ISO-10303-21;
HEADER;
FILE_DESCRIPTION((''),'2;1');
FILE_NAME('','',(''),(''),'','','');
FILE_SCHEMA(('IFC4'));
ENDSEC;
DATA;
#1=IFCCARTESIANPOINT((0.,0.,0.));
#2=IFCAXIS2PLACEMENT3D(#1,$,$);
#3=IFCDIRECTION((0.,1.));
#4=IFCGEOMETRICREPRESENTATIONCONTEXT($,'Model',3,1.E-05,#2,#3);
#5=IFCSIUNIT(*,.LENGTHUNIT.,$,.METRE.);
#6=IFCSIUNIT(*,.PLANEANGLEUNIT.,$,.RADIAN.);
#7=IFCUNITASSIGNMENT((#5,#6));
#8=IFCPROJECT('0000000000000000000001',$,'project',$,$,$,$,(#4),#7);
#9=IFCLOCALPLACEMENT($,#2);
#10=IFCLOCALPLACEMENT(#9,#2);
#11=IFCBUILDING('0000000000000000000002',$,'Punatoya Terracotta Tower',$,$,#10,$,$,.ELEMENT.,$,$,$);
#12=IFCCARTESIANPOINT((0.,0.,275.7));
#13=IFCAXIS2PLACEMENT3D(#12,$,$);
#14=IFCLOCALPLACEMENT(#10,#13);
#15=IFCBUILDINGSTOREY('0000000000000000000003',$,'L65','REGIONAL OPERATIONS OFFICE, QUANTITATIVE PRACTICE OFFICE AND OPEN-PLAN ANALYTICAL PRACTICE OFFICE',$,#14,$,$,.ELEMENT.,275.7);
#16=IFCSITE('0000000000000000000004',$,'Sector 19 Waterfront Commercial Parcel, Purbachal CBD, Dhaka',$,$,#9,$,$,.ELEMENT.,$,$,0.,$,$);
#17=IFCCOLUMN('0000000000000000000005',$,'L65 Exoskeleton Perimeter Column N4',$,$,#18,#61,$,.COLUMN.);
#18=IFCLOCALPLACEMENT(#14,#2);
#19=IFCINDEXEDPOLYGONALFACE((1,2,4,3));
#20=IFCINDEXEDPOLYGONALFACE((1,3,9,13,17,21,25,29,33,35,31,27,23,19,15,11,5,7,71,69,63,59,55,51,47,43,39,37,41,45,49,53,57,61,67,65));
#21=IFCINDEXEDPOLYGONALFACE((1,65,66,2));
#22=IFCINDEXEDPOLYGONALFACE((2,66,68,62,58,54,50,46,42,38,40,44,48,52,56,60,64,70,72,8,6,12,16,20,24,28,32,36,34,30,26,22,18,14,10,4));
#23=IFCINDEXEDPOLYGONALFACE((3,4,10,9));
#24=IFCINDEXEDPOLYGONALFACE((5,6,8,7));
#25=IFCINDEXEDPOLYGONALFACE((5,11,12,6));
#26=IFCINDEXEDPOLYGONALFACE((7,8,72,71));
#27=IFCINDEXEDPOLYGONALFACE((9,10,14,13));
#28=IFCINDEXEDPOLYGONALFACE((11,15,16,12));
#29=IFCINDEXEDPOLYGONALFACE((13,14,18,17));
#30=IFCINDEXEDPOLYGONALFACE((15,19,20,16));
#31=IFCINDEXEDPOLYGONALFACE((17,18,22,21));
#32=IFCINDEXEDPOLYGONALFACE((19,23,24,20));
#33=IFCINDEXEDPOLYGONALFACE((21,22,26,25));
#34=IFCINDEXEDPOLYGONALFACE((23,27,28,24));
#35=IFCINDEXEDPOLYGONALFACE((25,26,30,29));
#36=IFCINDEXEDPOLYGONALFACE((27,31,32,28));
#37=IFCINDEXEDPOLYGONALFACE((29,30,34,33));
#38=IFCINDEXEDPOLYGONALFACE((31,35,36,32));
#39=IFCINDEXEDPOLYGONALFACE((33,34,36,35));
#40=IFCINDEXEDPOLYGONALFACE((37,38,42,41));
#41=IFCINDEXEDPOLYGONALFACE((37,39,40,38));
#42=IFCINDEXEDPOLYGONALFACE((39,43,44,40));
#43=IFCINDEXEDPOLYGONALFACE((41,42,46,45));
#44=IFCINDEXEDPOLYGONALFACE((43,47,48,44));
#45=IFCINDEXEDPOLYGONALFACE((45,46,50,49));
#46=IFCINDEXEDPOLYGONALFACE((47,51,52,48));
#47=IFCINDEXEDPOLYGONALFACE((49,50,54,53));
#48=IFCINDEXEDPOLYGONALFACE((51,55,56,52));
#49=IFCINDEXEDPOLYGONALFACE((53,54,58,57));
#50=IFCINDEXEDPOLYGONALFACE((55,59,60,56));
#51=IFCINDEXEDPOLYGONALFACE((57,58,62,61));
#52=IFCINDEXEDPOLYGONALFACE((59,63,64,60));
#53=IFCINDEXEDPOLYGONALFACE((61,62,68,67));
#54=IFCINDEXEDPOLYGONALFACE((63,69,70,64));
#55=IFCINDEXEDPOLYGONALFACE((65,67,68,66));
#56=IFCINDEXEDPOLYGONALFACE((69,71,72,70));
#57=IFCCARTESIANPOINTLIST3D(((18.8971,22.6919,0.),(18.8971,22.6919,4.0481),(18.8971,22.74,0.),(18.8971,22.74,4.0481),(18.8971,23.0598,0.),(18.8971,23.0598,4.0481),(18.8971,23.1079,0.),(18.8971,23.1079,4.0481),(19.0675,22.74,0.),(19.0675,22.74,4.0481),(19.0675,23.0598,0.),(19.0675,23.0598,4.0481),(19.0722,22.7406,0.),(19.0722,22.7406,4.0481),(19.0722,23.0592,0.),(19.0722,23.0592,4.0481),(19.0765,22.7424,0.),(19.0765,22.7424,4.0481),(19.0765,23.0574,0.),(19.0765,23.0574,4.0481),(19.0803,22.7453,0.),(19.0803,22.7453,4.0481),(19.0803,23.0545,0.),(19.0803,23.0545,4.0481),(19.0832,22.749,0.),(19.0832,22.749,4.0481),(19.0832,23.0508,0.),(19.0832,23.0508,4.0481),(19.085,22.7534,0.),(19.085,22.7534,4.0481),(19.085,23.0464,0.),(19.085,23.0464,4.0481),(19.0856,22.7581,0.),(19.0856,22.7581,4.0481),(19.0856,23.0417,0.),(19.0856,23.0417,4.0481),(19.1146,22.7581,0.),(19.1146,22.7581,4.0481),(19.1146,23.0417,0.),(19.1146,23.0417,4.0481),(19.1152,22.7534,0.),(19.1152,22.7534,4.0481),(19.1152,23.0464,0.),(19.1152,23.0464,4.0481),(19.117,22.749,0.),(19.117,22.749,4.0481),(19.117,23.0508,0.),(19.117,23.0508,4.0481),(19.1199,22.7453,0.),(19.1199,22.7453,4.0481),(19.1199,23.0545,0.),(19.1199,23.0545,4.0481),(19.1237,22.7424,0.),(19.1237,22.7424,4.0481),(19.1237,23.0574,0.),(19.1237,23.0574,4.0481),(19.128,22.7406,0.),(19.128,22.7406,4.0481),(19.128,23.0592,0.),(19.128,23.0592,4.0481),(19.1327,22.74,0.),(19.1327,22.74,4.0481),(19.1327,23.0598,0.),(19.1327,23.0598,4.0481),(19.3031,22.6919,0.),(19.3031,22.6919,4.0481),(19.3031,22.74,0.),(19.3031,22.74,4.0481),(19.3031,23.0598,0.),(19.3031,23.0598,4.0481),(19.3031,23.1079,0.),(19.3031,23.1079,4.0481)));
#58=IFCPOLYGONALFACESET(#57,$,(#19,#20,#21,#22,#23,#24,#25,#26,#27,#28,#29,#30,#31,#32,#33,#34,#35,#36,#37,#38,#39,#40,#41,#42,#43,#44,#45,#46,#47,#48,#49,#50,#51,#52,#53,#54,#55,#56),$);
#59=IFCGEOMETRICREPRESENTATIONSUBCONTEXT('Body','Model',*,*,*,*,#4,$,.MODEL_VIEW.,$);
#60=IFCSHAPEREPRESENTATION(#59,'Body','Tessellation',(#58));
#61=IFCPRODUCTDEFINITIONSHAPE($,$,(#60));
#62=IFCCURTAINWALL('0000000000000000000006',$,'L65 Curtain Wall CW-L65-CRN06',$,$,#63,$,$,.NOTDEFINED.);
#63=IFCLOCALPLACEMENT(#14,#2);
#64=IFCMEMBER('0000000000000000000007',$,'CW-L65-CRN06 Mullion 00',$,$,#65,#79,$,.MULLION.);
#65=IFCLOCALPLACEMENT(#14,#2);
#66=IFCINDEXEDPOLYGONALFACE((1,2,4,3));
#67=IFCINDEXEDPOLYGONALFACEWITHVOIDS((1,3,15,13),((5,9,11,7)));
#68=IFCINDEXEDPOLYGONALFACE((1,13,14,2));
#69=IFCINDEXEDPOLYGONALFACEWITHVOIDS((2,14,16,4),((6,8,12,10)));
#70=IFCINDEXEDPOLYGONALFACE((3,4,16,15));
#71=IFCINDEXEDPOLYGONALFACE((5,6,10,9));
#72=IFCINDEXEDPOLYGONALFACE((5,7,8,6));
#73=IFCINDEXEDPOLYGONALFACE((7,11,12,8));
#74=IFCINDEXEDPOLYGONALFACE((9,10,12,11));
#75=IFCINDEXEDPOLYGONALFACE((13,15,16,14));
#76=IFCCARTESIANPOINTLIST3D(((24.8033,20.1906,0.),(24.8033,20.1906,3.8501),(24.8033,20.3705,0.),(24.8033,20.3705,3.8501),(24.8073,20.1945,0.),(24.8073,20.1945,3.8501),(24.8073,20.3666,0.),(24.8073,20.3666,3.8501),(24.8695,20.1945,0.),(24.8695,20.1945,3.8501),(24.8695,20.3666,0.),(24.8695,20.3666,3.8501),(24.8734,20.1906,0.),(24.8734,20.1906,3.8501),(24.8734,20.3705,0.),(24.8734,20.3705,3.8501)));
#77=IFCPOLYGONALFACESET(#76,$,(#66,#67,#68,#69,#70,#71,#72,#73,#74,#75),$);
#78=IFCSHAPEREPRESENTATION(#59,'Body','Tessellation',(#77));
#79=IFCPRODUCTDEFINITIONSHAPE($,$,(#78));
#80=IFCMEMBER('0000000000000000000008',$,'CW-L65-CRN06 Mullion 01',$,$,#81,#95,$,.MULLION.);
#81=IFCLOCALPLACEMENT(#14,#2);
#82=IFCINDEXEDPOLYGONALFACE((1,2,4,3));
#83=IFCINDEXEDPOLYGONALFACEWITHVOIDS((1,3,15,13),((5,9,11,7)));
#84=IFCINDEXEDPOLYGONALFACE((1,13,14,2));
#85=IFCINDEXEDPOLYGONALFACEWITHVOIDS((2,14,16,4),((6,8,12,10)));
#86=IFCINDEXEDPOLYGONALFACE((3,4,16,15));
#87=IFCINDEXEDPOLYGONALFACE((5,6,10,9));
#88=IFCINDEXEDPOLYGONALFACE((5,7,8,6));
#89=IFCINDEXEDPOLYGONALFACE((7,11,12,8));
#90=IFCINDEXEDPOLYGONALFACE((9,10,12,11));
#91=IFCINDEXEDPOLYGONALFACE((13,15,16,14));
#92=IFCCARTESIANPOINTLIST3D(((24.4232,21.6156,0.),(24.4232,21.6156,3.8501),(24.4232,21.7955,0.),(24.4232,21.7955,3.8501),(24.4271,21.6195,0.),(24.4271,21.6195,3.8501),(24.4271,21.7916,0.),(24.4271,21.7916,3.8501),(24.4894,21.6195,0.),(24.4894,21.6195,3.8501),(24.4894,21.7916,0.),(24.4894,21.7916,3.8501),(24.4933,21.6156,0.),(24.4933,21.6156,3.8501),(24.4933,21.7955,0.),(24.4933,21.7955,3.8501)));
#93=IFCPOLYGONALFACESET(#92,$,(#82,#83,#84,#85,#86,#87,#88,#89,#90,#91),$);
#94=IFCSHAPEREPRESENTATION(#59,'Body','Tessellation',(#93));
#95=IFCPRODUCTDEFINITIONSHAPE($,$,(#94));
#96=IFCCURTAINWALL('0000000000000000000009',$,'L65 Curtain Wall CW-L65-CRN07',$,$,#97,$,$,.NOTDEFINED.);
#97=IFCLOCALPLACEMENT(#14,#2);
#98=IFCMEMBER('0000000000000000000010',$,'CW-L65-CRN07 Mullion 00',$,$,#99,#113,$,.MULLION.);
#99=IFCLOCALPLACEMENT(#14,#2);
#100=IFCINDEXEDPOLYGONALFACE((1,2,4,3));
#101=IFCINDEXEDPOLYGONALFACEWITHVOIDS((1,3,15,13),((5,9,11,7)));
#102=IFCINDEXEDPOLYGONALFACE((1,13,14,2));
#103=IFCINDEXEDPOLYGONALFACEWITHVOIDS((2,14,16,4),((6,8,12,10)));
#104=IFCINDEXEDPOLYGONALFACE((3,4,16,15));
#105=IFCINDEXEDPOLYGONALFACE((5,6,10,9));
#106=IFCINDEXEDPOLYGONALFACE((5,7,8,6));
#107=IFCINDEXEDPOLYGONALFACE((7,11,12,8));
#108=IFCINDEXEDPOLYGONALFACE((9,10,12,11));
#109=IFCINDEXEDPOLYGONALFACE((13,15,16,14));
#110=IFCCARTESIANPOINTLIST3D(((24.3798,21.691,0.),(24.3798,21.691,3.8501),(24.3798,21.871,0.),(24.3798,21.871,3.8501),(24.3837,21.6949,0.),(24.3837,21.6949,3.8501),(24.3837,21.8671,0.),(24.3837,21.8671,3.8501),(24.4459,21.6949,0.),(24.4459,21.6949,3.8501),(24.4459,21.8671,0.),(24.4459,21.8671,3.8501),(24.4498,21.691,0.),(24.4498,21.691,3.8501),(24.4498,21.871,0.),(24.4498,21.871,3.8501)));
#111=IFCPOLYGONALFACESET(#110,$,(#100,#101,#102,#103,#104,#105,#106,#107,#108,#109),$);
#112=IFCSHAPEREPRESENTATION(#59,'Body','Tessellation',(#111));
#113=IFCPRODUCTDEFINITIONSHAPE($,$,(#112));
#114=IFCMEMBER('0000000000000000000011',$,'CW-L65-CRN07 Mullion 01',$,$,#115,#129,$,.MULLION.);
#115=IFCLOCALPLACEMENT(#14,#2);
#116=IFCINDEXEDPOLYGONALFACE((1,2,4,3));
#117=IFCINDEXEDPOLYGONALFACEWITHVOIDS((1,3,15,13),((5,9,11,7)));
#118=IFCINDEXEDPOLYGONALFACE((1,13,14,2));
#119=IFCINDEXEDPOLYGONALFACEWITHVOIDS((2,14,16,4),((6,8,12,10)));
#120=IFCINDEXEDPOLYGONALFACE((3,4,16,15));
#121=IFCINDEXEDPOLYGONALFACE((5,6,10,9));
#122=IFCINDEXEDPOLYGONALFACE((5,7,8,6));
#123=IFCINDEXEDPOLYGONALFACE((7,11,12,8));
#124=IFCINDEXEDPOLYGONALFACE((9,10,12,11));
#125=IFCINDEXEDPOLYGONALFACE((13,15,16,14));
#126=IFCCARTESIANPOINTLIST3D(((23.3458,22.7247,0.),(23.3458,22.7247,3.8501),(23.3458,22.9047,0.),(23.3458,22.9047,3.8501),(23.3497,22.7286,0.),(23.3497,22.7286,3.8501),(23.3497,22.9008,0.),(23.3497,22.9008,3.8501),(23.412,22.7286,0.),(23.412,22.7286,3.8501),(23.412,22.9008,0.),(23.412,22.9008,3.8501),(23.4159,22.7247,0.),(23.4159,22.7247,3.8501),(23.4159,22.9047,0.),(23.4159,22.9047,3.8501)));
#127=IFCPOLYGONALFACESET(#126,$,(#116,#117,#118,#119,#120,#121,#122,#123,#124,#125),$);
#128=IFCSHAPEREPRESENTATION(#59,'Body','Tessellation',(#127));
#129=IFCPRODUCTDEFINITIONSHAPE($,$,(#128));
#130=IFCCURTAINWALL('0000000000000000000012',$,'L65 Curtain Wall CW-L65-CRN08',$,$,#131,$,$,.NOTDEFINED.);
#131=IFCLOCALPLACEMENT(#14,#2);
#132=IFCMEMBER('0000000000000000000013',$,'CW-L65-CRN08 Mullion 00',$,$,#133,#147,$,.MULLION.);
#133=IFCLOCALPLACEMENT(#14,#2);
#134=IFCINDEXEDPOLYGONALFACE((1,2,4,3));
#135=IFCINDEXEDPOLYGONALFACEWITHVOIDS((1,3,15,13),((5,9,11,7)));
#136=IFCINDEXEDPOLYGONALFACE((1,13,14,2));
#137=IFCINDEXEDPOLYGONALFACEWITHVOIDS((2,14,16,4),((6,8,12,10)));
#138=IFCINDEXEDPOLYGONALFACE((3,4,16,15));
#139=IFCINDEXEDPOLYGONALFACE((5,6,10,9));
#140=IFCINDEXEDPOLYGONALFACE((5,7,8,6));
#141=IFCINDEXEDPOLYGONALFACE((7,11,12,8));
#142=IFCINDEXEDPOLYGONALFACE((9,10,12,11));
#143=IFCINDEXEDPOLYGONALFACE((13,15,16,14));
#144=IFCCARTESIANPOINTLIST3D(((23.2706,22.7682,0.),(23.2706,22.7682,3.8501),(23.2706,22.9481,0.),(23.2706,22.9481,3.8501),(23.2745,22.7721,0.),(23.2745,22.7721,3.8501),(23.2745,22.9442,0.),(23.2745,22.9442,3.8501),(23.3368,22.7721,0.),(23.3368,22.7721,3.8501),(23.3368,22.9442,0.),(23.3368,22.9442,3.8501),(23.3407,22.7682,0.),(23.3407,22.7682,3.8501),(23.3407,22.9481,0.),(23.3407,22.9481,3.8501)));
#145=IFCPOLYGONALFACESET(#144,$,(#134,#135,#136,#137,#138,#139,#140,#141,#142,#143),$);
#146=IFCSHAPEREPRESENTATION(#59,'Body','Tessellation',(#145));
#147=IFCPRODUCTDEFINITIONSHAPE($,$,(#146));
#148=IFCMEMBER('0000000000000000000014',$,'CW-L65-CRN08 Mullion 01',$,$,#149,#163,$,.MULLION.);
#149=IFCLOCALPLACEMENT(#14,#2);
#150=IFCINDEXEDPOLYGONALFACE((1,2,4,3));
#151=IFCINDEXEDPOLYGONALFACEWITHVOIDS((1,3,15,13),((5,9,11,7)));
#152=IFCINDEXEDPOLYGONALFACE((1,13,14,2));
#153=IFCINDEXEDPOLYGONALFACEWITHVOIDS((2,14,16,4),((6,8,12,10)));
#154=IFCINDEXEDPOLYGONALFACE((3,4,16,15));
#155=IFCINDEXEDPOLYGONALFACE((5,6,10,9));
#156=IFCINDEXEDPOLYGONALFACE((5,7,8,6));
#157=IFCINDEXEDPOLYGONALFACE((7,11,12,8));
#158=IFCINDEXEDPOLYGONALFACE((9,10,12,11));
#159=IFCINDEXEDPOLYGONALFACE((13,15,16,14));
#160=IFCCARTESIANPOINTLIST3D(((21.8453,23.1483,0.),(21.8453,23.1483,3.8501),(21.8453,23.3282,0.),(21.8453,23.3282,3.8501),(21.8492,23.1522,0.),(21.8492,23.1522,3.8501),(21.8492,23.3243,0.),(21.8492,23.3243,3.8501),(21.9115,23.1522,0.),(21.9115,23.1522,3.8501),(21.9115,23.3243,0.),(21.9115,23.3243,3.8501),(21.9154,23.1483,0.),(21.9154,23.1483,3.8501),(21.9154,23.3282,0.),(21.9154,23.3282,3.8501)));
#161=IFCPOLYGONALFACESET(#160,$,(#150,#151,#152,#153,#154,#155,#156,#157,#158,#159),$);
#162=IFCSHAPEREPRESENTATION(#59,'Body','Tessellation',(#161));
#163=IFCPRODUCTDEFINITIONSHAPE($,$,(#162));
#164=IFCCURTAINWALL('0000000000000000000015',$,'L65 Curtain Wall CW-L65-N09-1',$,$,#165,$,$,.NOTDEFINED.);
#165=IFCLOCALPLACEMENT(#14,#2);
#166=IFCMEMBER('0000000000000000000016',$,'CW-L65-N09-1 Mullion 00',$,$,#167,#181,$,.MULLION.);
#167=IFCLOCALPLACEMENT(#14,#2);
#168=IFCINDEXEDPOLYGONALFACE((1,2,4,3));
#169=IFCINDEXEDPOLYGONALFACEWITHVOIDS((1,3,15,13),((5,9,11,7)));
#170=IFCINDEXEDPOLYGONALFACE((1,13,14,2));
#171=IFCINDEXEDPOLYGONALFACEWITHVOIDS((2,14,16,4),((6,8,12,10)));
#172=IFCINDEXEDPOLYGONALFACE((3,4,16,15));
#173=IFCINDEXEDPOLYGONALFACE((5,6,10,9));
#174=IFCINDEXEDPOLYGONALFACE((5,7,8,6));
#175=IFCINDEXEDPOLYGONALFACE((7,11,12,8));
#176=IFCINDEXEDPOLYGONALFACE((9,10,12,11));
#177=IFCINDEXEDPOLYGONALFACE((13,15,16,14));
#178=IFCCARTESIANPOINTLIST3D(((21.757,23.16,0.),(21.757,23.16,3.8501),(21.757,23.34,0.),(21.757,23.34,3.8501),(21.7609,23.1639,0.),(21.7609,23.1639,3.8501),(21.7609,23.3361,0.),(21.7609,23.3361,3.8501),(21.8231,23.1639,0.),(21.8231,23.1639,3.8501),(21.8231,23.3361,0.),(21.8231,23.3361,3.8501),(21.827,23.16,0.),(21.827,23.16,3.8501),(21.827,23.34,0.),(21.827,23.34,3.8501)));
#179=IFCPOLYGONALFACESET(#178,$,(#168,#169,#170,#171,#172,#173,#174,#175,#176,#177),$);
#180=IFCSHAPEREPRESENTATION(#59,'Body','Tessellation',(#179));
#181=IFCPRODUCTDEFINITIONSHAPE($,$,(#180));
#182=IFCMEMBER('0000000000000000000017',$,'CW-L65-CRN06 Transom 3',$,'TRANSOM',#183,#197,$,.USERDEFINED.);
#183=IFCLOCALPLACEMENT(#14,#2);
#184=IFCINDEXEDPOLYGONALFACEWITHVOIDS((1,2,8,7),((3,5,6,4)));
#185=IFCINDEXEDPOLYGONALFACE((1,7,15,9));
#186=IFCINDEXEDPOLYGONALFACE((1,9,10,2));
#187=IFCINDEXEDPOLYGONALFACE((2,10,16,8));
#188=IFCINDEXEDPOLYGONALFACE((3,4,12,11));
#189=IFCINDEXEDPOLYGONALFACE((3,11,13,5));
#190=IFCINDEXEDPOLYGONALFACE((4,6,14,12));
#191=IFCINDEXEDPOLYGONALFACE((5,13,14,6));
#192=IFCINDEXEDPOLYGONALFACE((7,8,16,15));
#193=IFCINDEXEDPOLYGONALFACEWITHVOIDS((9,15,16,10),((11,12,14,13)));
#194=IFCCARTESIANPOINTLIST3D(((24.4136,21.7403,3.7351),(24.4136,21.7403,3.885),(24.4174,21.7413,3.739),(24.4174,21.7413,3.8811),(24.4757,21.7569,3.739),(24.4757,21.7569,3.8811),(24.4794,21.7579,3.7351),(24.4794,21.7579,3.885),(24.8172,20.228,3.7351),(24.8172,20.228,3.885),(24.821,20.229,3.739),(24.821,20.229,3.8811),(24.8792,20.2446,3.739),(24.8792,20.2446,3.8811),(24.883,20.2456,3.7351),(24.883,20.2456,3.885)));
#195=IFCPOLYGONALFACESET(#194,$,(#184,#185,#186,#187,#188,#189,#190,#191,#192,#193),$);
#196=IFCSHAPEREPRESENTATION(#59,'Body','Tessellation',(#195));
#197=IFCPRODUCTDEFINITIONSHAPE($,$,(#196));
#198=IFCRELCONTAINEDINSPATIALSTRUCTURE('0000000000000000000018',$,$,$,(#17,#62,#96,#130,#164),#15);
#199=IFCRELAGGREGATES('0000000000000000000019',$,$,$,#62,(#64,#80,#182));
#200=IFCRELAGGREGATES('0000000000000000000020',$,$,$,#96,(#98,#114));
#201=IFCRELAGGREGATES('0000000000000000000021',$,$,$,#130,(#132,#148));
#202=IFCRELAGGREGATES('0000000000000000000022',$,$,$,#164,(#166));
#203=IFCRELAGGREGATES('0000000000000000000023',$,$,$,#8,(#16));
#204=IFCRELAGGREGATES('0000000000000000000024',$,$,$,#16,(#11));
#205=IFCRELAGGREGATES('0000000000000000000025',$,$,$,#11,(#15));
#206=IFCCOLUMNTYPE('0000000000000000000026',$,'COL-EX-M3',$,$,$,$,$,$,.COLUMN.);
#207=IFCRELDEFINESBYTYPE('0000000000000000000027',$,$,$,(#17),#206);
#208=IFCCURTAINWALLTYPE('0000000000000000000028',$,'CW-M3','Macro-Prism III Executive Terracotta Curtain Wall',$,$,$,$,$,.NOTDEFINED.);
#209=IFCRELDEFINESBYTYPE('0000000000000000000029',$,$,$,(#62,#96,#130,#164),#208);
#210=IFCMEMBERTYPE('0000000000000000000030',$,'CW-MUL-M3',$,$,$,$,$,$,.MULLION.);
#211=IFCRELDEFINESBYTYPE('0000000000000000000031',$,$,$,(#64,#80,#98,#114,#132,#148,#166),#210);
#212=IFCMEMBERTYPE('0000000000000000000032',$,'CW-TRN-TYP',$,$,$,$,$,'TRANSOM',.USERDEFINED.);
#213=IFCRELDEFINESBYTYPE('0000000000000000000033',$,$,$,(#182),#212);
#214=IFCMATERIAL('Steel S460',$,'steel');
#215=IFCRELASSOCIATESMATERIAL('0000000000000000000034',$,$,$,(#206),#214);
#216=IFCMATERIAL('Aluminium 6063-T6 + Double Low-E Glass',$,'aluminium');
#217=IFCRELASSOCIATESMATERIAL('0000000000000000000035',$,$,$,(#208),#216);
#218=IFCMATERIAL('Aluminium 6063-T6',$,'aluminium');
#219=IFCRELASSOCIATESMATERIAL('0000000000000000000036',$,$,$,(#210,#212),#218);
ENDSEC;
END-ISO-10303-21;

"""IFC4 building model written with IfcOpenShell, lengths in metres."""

from ifc_helpers import new_model, si_unit, direction, frame, origin, origin_2d, place, context, subcontext, project, spatial, hollow_rectangle, i_section, extrude, material, material_profile, profile_set, type_object, element, aggregate, save


model = new_model("IFC4")

# Units and contexts
model_context = context("Model", 3, precision=1e-05, world=origin(), true_north=direction((0.0, 1.0)))
body_context = subcontext(model_context, "Body", "Model", "MODEL_VIEW")
ifc_project = project(units=[si_unit("LENGTHUNIT", "METRE"), si_unit("PLANEANGLEUNIT", "RADIAN")], contexts=[model_context])

# Site, building, storey
site_placement = place(None, origin())
site = spatial("IfcSite", under=ifc_project, at=site_placement, Name="Sector 19 Waterfront Commercial Parcel, Purbachal CBD, Dhaka", CompositionType="ELEMENT", RefElevation=0.0)
building_placement = place(site_placement, origin())
building = spatial("IfcBuilding", under=site, at=building_placement, Name="Punatoya Terracotta Tower", CompositionType="ELEMENT")
storey_placement = place(building_placement, frame((0.0, 0.0, 275.7)))
storey = spatial("IfcBuildingStorey", under=building, at=storey_placement, Name="L65", Description="REGIONAL OPERATIONS OFFICE, QUANTITATIVE PRACTICE OFFICE AND OPEN-PLAN ANALYTICAL PRACTICE OFFICE", CompositionType="ELEMENT", Elevation=275.7)

# Column
ifc_material_1 = material(Name="Steel S460", Category="steel")
ifc_material_profile_1 = material_profile(ifc_material_1, i_section(OverallWidth=0.406, OverallDepth=0.416, WebThickness=0.0291, FlangeThickness=0.0481, FilletRadius=0.0181, at=origin_2d()))
ifc_profile_set_1 = profile_set([ifc_material_profile_1], Name="Steel S460")
column_type = type_object("IfcColumnType", Name="COL-EX-M3", PredefinedType="COLUMN", material=ifc_profile_set_1)
column_placement = place(storey_placement, frame((19.1001, 22.8999, 0.0), z_axis=(0.0, 0.0, 1.0), x_axis=(1.0, 0.0, 0.0)))
element("IfcColumn", 1, at=column_placement, inside=storey, type_object=column_type, Name="L65 Exoskeleton Perimeter Column N4", PredefinedType="COLUMN", context=body_context, shape_type="SweptSolid", body=[
    extrude(i_section(OverallWidth=0.406, OverallDepth=0.416, WebThickness=0.0291, FlangeThickness=0.0481, FilletRadius=0.0181, at=origin_2d()), origin(), (0.0, 0.0, 1.0), 4.0481),
])

# Curtain walls, members
ifc_material_2 = material(Name="Aluminium 6063-T6 + Double Low-E Glass", Category="aluminium")
curtain_wall_type = type_object("IfcCurtainWallType", Name="CW-M3", Description="Macro-Prism III Executive Terracotta Curtain Wall", PredefinedType="NOTDEFINED", material=ifc_material_2)
curtain_wall_1_placement = place(storey_placement, origin())
curtain_wall_1 = element("IfcCurtainWall", 2, at=curtain_wall_1_placement, inside=storey, type_object=curtain_wall_type, Name="L65 Curtain Wall CW-L65-CRN06", PredefinedType="NOTDEFINED")
ifc_material_3 = material(Name="Aluminium 6063-T6", Category="aluminium")
ifc_material_profile_2 = material_profile(ifc_material_3, hollow_rectangle(XDim=0.0701, YDim=0.1799, WallThickness=0.0039, at=origin_2d()))
ifc_profile_set_2 = profile_set([ifc_material_profile_2], Name="Aluminium 6063-T6")
member_type_1 = type_object("IfcMemberType", Name="CW-MUL-M3", PredefinedType="MULLION", material=ifc_profile_set_2)
member_1_placement = place(storey_placement, frame((24.8384, 20.2805, 0.0), z_axis=(0.0, 0.0, 1.0), x_axis=(1.0, 0.0, 0.0)))
member_1 = element("IfcMember", 3, at=member_1_placement, type_object=member_type_1, Name="CW-L65-CRN06 Mullion 00", PredefinedType="MULLION", context=body_context, shape_type="SweptSolid", body=[
    extrude(hollow_rectangle(XDim=0.0701, YDim=0.1799, WallThickness=0.0039, at=origin_2d()), origin(), (0.0, 0.0, 1.0), 3.8501),
])
member_2_placement = place(storey_placement, frame((24.4583, 21.7056, 0.0), z_axis=(0.0, 0.0, 1.0), x_axis=(1.0, 0.0, 0.0)))
member_2 = element("IfcMember", 4, at=member_2_placement, type_object=member_type_1, Name="CW-L65-CRN06 Mullion 01", PredefinedType="MULLION", context=body_context, shape_type="SweptSolid", body=[
    extrude(hollow_rectangle(XDim=0.0701, YDim=0.1799, WallThickness=0.0039, at=origin_2d()), origin(), (0.0, 0.0, 1.0), 3.8501),
])
curtain_wall_2_placement = place(storey_placement, origin())
curtain_wall_2 = element("IfcCurtainWall", 5, at=curtain_wall_2_placement, inside=storey, type_object=curtain_wall_type, Name="L65 Curtain Wall CW-L65-CRN07", PredefinedType="NOTDEFINED")
member_3_placement = place(storey_placement, frame((24.4148, 21.781, 0.0), z_axis=(0.0, 0.0, 1.0), x_axis=(1.0, 0.0, 0.0)))
member_3 = element("IfcMember", 6, at=member_3_placement, type_object=member_type_1, Name="CW-L65-CRN07 Mullion 00", PredefinedType="MULLION", context=body_context, shape_type="SweptSolid", body=[
    extrude(hollow_rectangle(XDim=0.0701, YDim=0.1799, WallThickness=0.0039, at=origin_2d()), origin(), (0.0, 0.0, 1.0), 3.8501),
])
member_4_placement = place(storey_placement, frame((23.3809, 22.8147, 0.0), z_axis=(0.0, 0.0, 1.0), x_axis=(1.0, 0.0, 0.0)))
member_4 = element("IfcMember", 7, at=member_4_placement, type_object=member_type_1, Name="CW-L65-CRN07 Mullion 01", PredefinedType="MULLION", context=body_context, shape_type="SweptSolid", body=[
    extrude(hollow_rectangle(XDim=0.0701, YDim=0.1799, WallThickness=0.0039, at=origin_2d()), origin(), (0.0, 0.0, 1.0), 3.8501),
])
curtain_wall_3_placement = place(storey_placement, origin())
curtain_wall_3 = element("IfcCurtainWall", 8, at=curtain_wall_3_placement, inside=storey, type_object=curtain_wall_type, Name="L65 Curtain Wall CW-L65-CRN08", PredefinedType="NOTDEFINED")
member_5_placement = place(storey_placement, frame((23.3057, 22.8582, 0.0), z_axis=(0.0, 0.0, 1.0), x_axis=(1.0, 0.0, 0.0)))
member_5 = element("IfcMember", 9, at=member_5_placement, type_object=member_type_1, Name="CW-L65-CRN08 Mullion 00", PredefinedType="MULLION", context=body_context, shape_type="SweptSolid", body=[
    extrude(hollow_rectangle(XDim=0.0701, YDim=0.1799, WallThickness=0.0039, at=origin_2d()), origin(), (0.0, 0.0, 1.0), 3.8501),
])
member_6_placement = place(storey_placement, frame((21.8804, 23.2383, 0.0), z_axis=(0.0, 0.0, 1.0), x_axis=(1.0, 0.0, 0.0)))
member_6 = element("IfcMember", 10, at=member_6_placement, type_object=member_type_1, Name="CW-L65-CRN08 Mullion 01", PredefinedType="MULLION", context=body_context, shape_type="SweptSolid", body=[
    extrude(hollow_rectangle(XDim=0.0701, YDim=0.1799, WallThickness=0.0039, at=origin_2d()), origin(), (0.0, 0.0, 1.0), 3.8501),
])

# Curtain wall, member
curtain_wall_4_placement = place(storey_placement, origin())
curtain_wall_4 = element("IfcCurtainWall", 11, at=curtain_wall_4_placement, inside=storey, type_object=curtain_wall_type, Name="L65 Curtain Wall CW-L65-N09-1", PredefinedType="NOTDEFINED")
member_7_placement = place(storey_placement, frame((21.792, 23.25, 0.0), z_axis=(0.0, 0.0, 1.0), x_axis=(1.0, 0.0, 0.0)))
member_7 = element("IfcMember", 12, at=member_7_placement, type_object=member_type_1, Name="CW-L65-N09-1 Mullion 00", PredefinedType="MULLION", context=body_context, shape_type="SweptSolid", body=[
    extrude(hollow_rectangle(XDim=0.0701, YDim=0.1799, WallThickness=0.0039, at=origin_2d()), origin(), (0.0, 0.0, 1.0), 3.8501),
])

# Member
ifc_material_profile_3 = material_profile(ifc_material_3, hollow_rectangle(XDim=0.0681, YDim=0.1499, WallThickness=0.0039, at=origin_2d()))
ifc_profile_set_3 = profile_set([ifc_material_profile_3], Name="Aluminium 6063-T6")
member_type_2 = type_object("IfcMemberType", Name="CW-TRN-TYP", ElementType="TRANSOM", PredefinedType="USERDEFINED", material=ifc_profile_set_3)
member_8_placement = place(storey_placement, frame((24.8501, 20.2368, 3.8101), z_axis=(-0.257847, 0.966186, 0.0), x_axis=(-0.966186, -0.257847, 0.0)))
member_8 = element("IfcMember", 13, at=member_8_placement, type_object=member_type_2, Name="CW-L65-CRN06 Transom 3", ObjectType="TRANSOM", PredefinedType="USERDEFINED", context=body_context, shape_type="SweptSolid", body=[
    extrude(hollow_rectangle(XDim=0.0681, YDim=0.1499, WallThickness=0.0039, at=origin_2d()), origin(), (0.0, 0.0, 1.0), 1.5652),
])

aggregate(curtain_wall_1, [member_1, member_2, member_8])
aggregate(curtain_wall_2, [member_3, member_4])
aggregate(curtain_wall_3, [member_5, member_6])
aggregate(curtain_wall_4, [member_7])

save(model, "model.ifc")
